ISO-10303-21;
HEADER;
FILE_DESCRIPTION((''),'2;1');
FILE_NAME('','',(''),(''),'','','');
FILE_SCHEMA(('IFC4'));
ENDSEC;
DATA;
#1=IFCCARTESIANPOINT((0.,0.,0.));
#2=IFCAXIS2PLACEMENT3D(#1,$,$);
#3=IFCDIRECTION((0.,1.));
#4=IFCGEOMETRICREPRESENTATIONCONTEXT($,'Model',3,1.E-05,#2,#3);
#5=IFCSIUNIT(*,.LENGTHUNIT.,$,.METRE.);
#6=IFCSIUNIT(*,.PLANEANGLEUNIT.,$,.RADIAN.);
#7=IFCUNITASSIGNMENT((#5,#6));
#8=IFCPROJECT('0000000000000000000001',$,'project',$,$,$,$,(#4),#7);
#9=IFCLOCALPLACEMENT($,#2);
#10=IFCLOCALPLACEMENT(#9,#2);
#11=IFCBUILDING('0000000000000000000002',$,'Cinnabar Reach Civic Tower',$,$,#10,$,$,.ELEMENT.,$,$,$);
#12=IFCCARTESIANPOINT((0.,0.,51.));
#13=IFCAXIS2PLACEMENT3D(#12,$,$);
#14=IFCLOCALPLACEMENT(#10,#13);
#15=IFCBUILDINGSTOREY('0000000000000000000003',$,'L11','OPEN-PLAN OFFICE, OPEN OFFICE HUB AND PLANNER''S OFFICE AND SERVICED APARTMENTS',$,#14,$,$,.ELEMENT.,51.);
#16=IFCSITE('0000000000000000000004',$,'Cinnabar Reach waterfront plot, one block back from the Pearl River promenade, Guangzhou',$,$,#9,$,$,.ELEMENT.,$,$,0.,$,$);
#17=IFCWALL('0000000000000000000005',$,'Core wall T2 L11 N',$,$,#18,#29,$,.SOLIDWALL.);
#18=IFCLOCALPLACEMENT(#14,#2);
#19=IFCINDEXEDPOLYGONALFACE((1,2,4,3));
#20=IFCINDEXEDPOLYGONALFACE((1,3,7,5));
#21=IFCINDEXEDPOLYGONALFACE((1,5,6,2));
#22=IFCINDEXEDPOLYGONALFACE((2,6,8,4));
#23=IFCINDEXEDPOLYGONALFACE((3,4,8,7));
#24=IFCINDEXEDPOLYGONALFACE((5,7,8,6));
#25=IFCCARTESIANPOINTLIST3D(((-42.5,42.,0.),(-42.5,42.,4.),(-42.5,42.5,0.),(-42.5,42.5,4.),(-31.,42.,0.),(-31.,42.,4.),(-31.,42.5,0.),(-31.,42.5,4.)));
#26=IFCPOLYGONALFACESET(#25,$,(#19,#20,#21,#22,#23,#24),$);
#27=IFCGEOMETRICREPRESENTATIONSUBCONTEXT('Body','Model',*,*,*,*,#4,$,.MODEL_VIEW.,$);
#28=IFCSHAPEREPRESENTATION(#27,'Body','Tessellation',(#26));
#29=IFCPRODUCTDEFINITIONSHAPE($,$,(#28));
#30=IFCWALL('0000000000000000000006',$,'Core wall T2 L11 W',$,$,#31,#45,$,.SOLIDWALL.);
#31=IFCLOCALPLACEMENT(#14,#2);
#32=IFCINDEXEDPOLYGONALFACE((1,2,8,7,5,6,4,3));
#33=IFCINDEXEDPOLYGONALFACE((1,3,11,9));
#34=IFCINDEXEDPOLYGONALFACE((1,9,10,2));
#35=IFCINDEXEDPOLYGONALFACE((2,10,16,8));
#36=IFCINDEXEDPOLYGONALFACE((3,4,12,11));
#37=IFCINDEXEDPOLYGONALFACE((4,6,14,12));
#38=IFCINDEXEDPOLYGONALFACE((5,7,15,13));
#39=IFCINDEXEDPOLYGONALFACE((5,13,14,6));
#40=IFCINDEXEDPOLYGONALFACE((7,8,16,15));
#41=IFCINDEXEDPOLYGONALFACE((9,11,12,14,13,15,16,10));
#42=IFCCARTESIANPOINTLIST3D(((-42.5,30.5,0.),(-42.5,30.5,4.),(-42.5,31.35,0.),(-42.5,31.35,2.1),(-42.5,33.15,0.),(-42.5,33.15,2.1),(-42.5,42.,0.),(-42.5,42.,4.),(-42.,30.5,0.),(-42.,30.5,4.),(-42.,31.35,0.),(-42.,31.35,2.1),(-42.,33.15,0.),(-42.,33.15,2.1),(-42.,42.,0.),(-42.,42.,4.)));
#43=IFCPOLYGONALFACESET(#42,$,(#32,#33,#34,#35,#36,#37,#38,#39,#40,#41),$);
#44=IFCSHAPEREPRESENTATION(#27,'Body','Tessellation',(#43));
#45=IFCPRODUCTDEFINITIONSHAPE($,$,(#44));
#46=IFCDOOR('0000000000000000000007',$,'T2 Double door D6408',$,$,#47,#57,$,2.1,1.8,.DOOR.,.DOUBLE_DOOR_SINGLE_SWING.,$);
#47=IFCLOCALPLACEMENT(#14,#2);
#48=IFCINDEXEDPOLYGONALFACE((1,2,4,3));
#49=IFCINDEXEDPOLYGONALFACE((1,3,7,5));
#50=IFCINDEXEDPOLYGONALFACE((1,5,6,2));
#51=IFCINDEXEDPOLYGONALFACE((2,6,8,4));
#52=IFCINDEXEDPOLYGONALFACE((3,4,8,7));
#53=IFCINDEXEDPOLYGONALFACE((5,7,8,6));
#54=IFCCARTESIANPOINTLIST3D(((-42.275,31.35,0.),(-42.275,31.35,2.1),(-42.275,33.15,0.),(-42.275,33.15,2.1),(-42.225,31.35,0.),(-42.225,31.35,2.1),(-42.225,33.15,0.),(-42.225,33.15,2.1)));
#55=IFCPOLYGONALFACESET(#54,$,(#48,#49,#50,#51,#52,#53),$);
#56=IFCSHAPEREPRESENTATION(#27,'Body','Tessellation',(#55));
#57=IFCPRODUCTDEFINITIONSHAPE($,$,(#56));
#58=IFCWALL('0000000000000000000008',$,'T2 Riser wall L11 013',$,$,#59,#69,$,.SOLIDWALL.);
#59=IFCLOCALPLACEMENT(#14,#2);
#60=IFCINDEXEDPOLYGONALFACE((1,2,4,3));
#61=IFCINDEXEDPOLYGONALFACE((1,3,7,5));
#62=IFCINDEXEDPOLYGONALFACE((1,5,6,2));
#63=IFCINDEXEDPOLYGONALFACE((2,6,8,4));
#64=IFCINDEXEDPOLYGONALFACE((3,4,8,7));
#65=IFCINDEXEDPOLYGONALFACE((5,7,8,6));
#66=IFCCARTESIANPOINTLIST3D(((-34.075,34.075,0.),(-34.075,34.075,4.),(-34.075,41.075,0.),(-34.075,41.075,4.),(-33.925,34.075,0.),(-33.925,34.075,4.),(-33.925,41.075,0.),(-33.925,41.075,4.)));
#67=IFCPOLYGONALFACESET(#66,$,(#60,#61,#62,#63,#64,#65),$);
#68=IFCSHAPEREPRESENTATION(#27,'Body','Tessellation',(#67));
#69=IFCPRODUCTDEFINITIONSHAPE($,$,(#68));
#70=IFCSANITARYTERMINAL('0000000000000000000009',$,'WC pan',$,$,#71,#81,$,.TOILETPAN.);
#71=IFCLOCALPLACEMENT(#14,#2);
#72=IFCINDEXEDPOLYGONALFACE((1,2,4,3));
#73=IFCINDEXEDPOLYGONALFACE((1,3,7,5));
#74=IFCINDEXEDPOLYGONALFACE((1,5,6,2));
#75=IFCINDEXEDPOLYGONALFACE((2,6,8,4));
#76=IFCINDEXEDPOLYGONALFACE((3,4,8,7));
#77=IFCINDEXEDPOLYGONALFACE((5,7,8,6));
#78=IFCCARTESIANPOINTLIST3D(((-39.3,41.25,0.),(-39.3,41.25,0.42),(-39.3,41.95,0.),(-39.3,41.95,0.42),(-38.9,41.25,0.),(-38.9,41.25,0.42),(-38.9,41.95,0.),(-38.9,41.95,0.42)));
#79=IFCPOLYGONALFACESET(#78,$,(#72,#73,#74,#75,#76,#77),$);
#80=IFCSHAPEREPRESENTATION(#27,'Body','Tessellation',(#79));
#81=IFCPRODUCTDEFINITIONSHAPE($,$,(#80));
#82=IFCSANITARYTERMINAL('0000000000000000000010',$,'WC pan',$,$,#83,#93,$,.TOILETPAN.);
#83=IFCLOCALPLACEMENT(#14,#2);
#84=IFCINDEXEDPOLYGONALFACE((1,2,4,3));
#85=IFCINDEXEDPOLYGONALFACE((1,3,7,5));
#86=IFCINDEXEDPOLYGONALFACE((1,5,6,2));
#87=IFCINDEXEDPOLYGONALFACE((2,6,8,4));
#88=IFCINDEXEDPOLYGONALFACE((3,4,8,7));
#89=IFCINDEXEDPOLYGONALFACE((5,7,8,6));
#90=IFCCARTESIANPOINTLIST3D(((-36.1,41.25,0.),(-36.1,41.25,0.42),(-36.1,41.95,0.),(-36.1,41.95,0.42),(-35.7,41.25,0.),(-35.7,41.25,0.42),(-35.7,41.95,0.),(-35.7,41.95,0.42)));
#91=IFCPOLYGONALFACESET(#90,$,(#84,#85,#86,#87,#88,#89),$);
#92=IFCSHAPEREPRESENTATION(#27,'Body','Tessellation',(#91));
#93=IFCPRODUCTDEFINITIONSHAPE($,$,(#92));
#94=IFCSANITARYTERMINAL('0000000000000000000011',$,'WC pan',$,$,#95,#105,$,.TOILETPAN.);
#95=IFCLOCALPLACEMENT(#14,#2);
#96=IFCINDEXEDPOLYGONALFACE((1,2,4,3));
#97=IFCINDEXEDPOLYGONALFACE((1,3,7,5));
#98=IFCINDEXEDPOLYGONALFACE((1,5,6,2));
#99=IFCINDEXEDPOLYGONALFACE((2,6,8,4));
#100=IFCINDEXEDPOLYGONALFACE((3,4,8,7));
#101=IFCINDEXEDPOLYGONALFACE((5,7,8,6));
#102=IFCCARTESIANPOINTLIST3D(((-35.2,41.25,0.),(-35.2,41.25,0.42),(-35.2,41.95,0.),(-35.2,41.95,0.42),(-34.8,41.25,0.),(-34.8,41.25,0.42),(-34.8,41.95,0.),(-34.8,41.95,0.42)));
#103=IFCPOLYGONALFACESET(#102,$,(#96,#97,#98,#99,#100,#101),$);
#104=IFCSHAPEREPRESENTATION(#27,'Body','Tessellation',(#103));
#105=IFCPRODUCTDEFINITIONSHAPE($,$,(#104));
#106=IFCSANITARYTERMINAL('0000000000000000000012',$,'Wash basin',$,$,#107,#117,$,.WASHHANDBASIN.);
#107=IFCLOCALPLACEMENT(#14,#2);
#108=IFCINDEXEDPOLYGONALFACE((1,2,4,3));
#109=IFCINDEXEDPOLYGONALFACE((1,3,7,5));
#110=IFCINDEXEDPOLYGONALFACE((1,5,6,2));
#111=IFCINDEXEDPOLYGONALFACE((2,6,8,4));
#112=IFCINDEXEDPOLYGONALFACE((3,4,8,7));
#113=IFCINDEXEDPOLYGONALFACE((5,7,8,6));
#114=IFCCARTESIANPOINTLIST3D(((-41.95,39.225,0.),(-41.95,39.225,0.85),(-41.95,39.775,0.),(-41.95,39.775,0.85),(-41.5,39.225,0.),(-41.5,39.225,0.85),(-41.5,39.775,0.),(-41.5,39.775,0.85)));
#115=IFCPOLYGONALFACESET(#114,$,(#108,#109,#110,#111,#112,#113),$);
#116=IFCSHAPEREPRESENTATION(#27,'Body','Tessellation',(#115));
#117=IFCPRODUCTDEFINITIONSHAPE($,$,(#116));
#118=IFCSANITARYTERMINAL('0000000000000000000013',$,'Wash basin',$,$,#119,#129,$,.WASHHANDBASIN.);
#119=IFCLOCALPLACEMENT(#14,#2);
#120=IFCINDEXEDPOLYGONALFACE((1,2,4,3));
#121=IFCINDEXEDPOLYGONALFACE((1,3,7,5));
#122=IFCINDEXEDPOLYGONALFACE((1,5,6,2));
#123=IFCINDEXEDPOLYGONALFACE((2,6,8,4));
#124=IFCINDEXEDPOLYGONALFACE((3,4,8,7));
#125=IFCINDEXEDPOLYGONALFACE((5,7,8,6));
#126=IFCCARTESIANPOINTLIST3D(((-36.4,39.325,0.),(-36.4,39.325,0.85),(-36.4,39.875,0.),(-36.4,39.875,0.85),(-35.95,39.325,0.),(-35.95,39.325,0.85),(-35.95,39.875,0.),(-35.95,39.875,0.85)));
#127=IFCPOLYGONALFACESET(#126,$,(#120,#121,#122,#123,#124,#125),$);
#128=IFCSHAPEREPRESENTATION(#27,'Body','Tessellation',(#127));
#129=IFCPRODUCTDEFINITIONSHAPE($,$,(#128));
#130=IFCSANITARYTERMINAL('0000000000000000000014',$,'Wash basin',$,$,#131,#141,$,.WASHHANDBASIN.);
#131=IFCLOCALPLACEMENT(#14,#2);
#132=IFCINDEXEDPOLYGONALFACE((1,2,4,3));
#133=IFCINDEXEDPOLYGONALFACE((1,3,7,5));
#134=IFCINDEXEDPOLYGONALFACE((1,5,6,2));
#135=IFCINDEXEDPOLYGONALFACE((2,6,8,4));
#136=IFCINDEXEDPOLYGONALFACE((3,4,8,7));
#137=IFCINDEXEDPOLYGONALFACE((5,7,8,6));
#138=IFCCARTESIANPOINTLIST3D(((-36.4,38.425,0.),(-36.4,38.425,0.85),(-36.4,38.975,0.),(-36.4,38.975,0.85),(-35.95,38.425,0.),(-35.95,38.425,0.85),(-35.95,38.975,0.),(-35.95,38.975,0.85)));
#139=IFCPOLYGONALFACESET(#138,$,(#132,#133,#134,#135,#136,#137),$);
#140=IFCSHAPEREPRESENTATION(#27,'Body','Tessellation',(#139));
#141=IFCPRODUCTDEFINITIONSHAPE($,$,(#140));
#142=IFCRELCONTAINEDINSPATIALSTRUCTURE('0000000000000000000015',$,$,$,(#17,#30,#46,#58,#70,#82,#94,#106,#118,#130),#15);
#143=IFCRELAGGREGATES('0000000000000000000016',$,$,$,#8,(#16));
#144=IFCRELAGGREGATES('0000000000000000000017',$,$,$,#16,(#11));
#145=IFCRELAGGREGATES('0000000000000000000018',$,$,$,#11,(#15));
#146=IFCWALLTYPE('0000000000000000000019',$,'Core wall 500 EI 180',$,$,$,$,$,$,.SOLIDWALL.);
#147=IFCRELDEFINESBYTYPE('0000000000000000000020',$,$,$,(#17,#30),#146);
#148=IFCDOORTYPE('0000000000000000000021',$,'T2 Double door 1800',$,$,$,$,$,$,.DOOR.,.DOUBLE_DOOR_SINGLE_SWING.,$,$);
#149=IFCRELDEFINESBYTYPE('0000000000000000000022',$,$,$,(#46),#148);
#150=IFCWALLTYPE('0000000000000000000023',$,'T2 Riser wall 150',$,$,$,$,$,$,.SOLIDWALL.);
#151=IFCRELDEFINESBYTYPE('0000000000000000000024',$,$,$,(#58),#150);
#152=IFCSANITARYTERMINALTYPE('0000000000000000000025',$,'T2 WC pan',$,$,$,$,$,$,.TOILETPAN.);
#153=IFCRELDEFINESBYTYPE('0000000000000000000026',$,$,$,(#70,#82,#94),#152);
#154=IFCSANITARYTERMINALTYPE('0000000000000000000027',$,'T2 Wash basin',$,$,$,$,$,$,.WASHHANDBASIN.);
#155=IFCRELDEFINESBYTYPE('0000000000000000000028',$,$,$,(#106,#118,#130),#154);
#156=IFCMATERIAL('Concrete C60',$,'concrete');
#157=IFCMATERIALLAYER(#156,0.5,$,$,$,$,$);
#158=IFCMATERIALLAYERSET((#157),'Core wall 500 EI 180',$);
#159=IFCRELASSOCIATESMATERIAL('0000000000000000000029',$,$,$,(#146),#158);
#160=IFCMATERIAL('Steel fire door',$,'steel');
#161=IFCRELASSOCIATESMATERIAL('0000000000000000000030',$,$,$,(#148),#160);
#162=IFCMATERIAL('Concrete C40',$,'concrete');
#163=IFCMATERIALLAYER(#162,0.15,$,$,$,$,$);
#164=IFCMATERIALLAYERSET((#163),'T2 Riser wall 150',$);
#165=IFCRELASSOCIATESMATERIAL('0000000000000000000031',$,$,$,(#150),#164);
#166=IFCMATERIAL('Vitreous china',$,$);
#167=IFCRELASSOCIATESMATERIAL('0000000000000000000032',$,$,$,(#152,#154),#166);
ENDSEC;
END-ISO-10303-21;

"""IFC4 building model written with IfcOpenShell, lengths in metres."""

from ifc_helpers import new_model, si_unit, direction, frame, frame_2d, origin, origin_2d, place, context, subcontext, project, spatial, rectangle, extrude, material, layer, layer_set, type_object, element, fill, save


model = new_model("IFC4")

# Units and contexts
model_context = context("Model", 3, precision=1e-05, world=origin(), true_north=direction((0.0, 1.0)))
body_context = subcontext(model_context, "Body", "Model", "MODEL_VIEW")
ifc_project = project(units=[si_unit("LENGTHUNIT", "METRE"), si_unit("PLANEANGLEUNIT", "RADIAN")], contexts=[model_context])

# Site, building, storey
site_placement = place(None, origin())
site = spatial("IfcSite", under=ifc_project, at=site_placement, Name="Cinnabar Reach waterfront plot, one block back from the Pearl River promenade, Guangzhou", CompositionType="ELEMENT", RefElevation=0.0)
building_placement = place(site_placement, origin())
building = spatial("IfcBuilding", under=site, at=building_placement, Name="Cinnabar Reach Civic Tower", CompositionType="ELEMENT")
storey_placement = place(building_placement, frame((0.0, 0.0, 51.0)))
storey = spatial("IfcBuildingStorey", under=building, at=storey_placement, Name="L11", Description="OPEN-PLAN OFFICE, OPEN OFFICE HUB AND PLANNER'S OFFICE AND SERVICED APARTMENTS", CompositionType="ELEMENT", Elevation=51.0)

# Shared definitions
ifc_material_1 = material(Name="Concrete C60", Category="concrete")

# Wall
ifc_layer_1 = layer(ifc_material_1, 0.5)
ifc_layer_set_1 = layer_set([ifc_layer_1], Name="Core wall 500 EI 180")
wall_type_1 = type_object("IfcWallType", Name="Core wall 500 EI 180", PredefinedType="SOLIDWALL", material=ifc_layer_set_1)
wall_1_placement = place(storey_placement, frame((-31.0, 42.25, 0.0), z_axis=(0.0, 0.0, 1.0), x_axis=(-1.0, 0.0, 0.0)))
element("IfcWall", 1, at=wall_1_placement, inside=storey, type_object=wall_type_1, Name="Core wall T2 L11 N", PredefinedType="SOLIDWALL", context=body_context, shape_type="SweptSolid", body=[
    extrude(rectangle(XDim=11.5, YDim=0.5, at=frame_2d((5.75, 0.0))), origin(), (0.0, 0.0, 1.0), 4.0),
])

# Wall, opening, door
wall_2_placement = place(storey_placement, frame((-42.25, 42.0, 0.0), z_axis=(0.0, 0.0, 1.0), x_axis=(0.0, -1.0, 0.0)))
wall_2 = element("IfcWall", 2, at=wall_2_placement, inside=storey, type_object=wall_type_1, Name="Core wall T2 L11 W", PredefinedType="SOLIDWALL", context=body_context, shape_type="SweptSolid", body=[
    extrude(rectangle(XDim=11.5, YDim=0.5, at=frame_2d((5.75, 0.0))), origin(), (0.0, 0.0, 1.0), 4.0),
])
opening_1_placement = place(wall_2_placement, frame((8.85, 0.0, 0.0)))
opening_1 = element("IfcOpeningElement", 3, at=opening_1_placement, cuts=wall_2, PredefinedType="OPENING", context=body_context, shape_type="SweptSolid", body=[
    extrude(rectangle(XDim=1.8, YDim=2.1, at=frame_2d((0.9, 1.05))), frame((0.0, 0.26, 0.0), z_axis=(0.0, -1.0, 0.0), x_axis=(1.0, 0.0, 0.0)), (0.0, 0.0, 1.0), 0.52),
])
ifc_material_2 = material(Name="Steel fire door", Category="steel")
door_type = type_object("IfcDoorType", Name="T2 Double door 1800", OperationType="DOUBLE_DOOR_SINGLE_SWING", PredefinedType="DOOR", material=ifc_material_2)
door_placement = place(opening_1_placement, frame((1.8, 0.0, 0.0), z_axis=(0.0, 0.0, 1.0), x_axis=(-1.0, 0.0, 0.0)))
door = element("IfcDoor", 4, at=door_placement, inside=storey, type_object=door_type, Name="T2 Double door D6408", OperationType="DOUBLE_DOOR_SINGLE_SWING", OverallHeight=2.1, OverallWidth=1.8, PredefinedType="DOOR", context=body_context, shape_type="SweptSolid", body=[
    extrude(rectangle(XDim=1.8, YDim=2.1, at=frame_2d((0.9, 1.05))), frame((0.0, 0.025, 0.0), z_axis=(0.0, -1.0, 0.0), x_axis=(1.0, 0.0, 0.0)), (0.0, 0.0, 1.0), 0.05),
])
fill(opening_1, door)

# Wall
ifc_material_3 = material(Name="Concrete C40", Category="concrete")
ifc_layer_2 = layer(ifc_material_3, 0.15)
ifc_layer_set_2 = layer_set([ifc_layer_2], Name="T2 Riser wall 150")
wall_type_2 = type_object("IfcWallType", Name="T2 Riser wall 150", PredefinedType="SOLIDWALL", material=ifc_layer_set_2)
wall_3_placement = place(storey_placement, frame((-34.0, 41.075, 0.0), z_axis=(0.0, 0.0, 1.0), x_axis=(0.0, -1.0, 0.0)))
element("IfcWall", 5, at=wall_3_placement, inside=storey, type_object=wall_type_2, Name="T2 Riser wall L11 013", PredefinedType="SOLIDWALL", context=body_context, shape_type="SweptSolid", body=[
    extrude(rectangle(XDim=7.0, YDim=0.15, at=frame_2d((3.5, 0.0))), origin(), (0.0, 0.0, 1.0), 4.0),
])

# Sanitary terminals
ifc_material_4 = material(Name="Vitreous china")
sanitary_terminal_type_1 = type_object("IfcSanitaryTerminalType", Name="T2 WC pan", PredefinedType="TOILETPAN", material=ifc_material_4)
for number, where, z_axis, x_axis, name in (
    (6, (-39.1, 41.6, 0.0), (0.0, 0.0, 1.0), (1.0, 0.0, 0.0), "WC pan"),
    (7, (-35.9, 41.6, 0.0), (0.0, 0.0, 1.0), (1.0, 0.0, 0.0), "WC pan"),
    (8, (-35.0, 41.6, 0.0), (0.0, 0.0, 1.0), (1.0, 0.0, 0.0), "WC pan"),
):
    element("IfcSanitaryTerminal", number, at=place(storey_placement, frame(where, z_axis=z_axis, x_axis=x_axis)), inside=storey, type_object=sanitary_terminal_type_1, Name=name, PredefinedType="TOILETPAN", context=body_context, shape_type="SweptSolid", body=[
        extrude(rectangle(XDim=0.4, YDim=0.7, at=origin_2d()), origin(), (0.0, 0.0, 1.0), 0.42),
    ])
sanitary_terminal_type_2 = type_object("IfcSanitaryTerminalType", Name="T2 Wash basin", PredefinedType="WASHHANDBASIN", material=ifc_material_4)
for number, where, z_axis, x_axis, name in (
    (9, (-41.725, 39.5, 0.0), (0.0, 0.0, 1.0), (1.0, 0.0, 0.0), "Wash basin"),
    (10, (-36.175, 39.6, 0.0), (0.0, 0.0, 1.0), (1.0, 0.0, 0.0), "Wash basin"),
    (11, (-36.175, 38.7, 0.0), (0.0, 0.0, 1.0), (1.0, 0.0, 0.0), "Wash basin"),
):
    element("IfcSanitaryTerminal", number, at=place(storey_placement, frame(where, z_axis=z_axis, x_axis=x_axis)), inside=storey, type_object=sanitary_terminal_type_2, Name=name, PredefinedType="WASHHANDBASIN", context=body_context, shape_type="SweptSolid", body=[
        extrude(rectangle(XDim=0.45, YDim=0.55, at=origin_2d()), origin(), (0.0, 0.0, 1.0), 0.85),
    ])

save(model, "model.ifc")
